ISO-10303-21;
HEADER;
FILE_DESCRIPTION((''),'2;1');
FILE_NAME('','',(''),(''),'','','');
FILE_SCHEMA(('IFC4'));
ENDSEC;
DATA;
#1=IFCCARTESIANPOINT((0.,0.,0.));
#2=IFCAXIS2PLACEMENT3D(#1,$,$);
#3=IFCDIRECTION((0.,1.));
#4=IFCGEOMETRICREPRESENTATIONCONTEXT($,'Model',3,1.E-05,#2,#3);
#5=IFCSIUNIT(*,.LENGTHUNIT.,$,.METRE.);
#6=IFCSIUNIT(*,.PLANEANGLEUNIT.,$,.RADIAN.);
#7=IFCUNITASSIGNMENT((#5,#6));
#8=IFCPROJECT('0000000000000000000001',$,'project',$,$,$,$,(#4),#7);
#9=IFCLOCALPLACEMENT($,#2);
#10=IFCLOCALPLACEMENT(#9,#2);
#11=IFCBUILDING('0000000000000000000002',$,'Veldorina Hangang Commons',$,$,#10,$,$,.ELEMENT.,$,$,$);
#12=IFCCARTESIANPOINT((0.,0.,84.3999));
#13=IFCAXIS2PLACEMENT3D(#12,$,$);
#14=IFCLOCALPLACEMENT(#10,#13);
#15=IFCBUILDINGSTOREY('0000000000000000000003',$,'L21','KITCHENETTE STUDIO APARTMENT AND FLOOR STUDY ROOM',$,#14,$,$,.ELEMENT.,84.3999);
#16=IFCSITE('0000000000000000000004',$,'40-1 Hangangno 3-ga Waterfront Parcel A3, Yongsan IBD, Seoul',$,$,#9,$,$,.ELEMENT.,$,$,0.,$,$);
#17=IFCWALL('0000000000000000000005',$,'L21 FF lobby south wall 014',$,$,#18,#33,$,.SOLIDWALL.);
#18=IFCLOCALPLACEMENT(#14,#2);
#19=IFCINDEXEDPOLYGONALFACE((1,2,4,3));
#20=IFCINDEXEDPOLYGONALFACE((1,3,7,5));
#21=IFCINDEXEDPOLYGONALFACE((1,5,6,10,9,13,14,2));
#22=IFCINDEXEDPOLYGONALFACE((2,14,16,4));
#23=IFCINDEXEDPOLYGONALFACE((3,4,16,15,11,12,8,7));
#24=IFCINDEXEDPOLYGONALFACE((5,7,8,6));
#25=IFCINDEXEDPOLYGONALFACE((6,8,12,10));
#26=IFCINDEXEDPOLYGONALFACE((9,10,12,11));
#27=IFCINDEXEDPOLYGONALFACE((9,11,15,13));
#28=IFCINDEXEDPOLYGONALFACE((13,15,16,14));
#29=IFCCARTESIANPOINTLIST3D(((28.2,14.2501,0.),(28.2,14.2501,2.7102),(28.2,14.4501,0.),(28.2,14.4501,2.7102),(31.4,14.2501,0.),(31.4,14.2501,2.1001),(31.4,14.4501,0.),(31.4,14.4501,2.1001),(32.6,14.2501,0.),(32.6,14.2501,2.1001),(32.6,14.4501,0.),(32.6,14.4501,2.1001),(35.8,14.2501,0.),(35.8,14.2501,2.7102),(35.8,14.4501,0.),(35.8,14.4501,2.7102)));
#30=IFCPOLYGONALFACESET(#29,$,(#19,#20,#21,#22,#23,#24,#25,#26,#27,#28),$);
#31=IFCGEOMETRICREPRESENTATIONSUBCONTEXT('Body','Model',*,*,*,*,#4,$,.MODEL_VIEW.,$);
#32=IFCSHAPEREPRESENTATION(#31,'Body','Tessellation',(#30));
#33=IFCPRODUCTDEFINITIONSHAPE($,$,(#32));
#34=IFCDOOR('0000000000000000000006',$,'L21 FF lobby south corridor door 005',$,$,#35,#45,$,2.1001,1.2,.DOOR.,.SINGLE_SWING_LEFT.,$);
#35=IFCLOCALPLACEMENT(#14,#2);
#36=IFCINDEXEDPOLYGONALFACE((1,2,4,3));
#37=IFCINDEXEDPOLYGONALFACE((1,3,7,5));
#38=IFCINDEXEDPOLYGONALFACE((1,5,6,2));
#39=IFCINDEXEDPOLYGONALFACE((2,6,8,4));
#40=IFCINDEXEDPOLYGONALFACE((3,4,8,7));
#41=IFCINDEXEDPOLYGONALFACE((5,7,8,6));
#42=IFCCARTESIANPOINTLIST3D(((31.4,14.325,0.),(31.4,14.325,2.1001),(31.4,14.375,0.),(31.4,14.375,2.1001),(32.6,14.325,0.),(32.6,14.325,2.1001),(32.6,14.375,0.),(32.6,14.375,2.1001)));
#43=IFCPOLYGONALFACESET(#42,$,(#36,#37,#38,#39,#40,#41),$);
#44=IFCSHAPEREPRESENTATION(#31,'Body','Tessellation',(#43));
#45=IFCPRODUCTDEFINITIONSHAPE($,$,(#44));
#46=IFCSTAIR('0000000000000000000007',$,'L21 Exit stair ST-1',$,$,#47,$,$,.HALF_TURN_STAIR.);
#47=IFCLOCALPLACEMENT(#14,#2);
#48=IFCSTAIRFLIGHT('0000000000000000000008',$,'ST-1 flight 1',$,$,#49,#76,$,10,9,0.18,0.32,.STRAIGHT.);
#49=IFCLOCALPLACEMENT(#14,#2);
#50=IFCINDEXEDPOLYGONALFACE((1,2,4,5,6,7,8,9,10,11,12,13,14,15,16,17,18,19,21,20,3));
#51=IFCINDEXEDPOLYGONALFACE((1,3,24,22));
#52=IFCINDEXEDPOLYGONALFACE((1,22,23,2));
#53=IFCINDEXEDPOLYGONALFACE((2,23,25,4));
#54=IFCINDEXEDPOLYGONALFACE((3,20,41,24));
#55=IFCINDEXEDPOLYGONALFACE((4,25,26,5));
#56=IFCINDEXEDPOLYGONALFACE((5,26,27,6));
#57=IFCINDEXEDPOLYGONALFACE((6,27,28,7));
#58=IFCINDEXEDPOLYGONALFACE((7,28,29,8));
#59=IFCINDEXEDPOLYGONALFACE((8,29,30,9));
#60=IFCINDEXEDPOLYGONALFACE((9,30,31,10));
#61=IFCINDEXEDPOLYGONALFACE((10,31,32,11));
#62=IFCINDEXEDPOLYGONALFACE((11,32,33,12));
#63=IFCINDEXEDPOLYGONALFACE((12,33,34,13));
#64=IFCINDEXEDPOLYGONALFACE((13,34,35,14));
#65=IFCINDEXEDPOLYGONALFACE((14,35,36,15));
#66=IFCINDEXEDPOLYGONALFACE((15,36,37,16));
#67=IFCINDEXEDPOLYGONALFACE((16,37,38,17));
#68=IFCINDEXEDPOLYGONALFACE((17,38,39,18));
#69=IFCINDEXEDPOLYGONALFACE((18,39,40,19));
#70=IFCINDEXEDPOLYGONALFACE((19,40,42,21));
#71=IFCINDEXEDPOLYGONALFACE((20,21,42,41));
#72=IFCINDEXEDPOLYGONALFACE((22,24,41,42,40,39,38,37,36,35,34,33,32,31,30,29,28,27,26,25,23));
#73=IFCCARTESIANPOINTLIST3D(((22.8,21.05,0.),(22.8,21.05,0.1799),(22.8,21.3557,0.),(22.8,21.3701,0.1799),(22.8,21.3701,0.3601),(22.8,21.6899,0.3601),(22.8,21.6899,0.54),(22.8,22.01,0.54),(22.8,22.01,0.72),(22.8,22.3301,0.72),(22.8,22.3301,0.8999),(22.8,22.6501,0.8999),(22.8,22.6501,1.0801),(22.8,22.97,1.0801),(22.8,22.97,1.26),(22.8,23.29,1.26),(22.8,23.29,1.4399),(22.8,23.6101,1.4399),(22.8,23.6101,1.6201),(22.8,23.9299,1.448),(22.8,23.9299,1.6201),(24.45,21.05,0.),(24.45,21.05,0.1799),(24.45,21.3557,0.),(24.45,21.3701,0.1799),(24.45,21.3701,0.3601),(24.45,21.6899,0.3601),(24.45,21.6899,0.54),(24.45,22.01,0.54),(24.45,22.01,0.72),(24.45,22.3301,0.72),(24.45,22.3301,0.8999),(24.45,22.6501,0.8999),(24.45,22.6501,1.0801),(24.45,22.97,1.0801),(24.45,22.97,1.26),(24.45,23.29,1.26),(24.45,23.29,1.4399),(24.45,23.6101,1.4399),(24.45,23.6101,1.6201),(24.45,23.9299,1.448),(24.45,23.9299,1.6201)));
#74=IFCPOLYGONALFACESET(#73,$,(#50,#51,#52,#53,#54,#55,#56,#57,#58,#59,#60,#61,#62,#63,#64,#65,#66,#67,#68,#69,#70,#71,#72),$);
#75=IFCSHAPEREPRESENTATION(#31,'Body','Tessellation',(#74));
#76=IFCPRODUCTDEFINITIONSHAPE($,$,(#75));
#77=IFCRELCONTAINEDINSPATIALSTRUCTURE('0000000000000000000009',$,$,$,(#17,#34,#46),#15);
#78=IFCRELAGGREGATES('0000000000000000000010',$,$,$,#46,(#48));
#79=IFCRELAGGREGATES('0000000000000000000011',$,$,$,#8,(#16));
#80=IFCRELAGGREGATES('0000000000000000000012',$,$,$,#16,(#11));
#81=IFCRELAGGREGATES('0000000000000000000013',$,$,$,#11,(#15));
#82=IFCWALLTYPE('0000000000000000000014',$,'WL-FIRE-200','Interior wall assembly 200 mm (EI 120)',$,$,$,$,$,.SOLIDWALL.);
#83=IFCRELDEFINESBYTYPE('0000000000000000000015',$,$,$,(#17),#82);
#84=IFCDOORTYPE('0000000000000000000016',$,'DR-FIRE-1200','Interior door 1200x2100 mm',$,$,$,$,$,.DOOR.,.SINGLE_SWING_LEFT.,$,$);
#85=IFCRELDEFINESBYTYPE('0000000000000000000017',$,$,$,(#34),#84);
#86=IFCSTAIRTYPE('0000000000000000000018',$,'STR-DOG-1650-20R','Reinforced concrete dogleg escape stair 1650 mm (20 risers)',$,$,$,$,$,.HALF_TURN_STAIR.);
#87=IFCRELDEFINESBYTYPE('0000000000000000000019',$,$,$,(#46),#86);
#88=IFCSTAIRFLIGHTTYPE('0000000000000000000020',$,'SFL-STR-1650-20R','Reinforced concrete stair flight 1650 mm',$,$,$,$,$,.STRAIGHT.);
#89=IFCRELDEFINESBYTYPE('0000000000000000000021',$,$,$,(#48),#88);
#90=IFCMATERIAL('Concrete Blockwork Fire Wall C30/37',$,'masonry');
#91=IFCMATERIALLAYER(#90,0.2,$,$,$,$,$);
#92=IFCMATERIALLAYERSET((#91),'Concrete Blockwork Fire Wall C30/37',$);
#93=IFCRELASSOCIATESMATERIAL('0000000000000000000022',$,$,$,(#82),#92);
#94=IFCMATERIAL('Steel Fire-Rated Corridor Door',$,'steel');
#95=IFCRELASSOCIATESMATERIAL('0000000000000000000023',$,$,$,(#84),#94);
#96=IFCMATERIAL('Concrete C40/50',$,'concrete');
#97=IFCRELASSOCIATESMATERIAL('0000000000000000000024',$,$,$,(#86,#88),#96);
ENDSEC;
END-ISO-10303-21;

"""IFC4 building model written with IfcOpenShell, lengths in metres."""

from ifc_helpers import new_model, si_unit, direction, frame, frame_2d, origin, place, context, subcontext, project, spatial, polyline, rectangle, outline, extrude, material, layer, layer_set, type_object, element, fill, aggregate, save


model = new_model("IFC4")

# Units and contexts
model_context = context("Model", 3, precision=1e-05, world=origin(), true_north=direction((0.0, 1.0)))
body_context = subcontext(model_context, "Body", "Model", "MODEL_VIEW")
ifc_project = project(units=[si_unit("LENGTHUNIT", "METRE"), si_unit("PLANEANGLEUNIT", "RADIAN")], contexts=[model_context])

# Site, building, storey
site_placement = place(None, origin())
site = spatial("IfcSite", under=ifc_project, at=site_placement, Name="40-1 Hangangno 3-ga Waterfront Parcel A3, Yongsan IBD, Seoul", CompositionType="ELEMENT", RefElevation=0.0)
building_placement = place(site_placement, origin())
building = spatial("IfcBuilding", under=site, at=building_placement, Name="Veldorina Hangang Commons", CompositionType="ELEMENT")
storey_placement = place(building_placement, frame((0.0, 0.0, 84.3999)))
storey = spatial("IfcBuildingStorey", under=building, at=storey_placement, Name="L21", Description="KITCHENETTE STUDIO APARTMENT AND FLOOR STUDY ROOM", CompositionType="ELEMENT", Elevation=84.3999)

# Shared definitions
ifc_material_1 = material(Name="Concrete Blockwork Fire Wall C30/37", Category="masonry")
ifc_layer_1 = layer(ifc_material_1, 0.2)
ifc_layer_set_1 = layer_set([ifc_layer_1], Name="Concrete Blockwork Fire Wall C30/37")
wall_type_1 = type_object("IfcWallType", Name="WL-FIRE-200", Description="Interior wall assembly 200 mm (EI 120)", PredefinedType="SOLIDWALL", material=ifc_layer_set_1)

# Wall, opening, door
wall_1_placement = place(storey_placement, frame((28.2, 14.3501, 0.0), z_axis=(0.0, 0.0, 1.0), x_axis=(1.0, 0.0, 0.0)))
wall_1 = element("IfcWall", 1, at=wall_1_placement, inside=storey, type_object=wall_type_1, Name="L21 FF lobby south wall 014", PredefinedType="SOLIDWALL", context=body_context, shape_type="SweptSolid", body=[
    extrude(rectangle(XDim=7.6001, YDim=0.2, at=frame_2d((3.8, 0.0))), origin(), (0.0, 0.0, 1.0), 2.7102),
])
opening_1_placement = place(wall_1_placement, frame((3.2, 0.0, 0.0)))
opening_1 = element("IfcOpeningElement", 2, at=opening_1_placement, cuts=wall_1, PredefinedType="OPENING", context=body_context, shape_type="SweptSolid", body=[
    extrude(rectangle(XDim=1.2, YDim=2.1001, at=frame_2d((0.6001, 1.05))), frame((0.0, 0.1099, 0.0), z_axis=(0.0, -1.0, 0.0), x_axis=(1.0, 0.0, 0.0)), (0.0, 0.0, 1.0), 0.22),
])
ifc_material_2 = material(Name="Steel Fire-Rated Corridor Door", Category="steel")
door_type_1 = type_object("IfcDoorType", Name="DR-FIRE-1200", Description="Interior door 1200x2100 mm", OperationType="SINGLE_SWING_LEFT", PredefinedType="DOOR", material=ifc_material_2)
door_1_placement = place(opening_1_placement, origin())
door_1 = element("IfcDoor", 3, at=door_1_placement, inside=storey, type_object=door_type_1, Name="L21 FF lobby south corridor door 005", OperationType="SINGLE_SWING_LEFT", OverallHeight=2.1001, OverallWidth=1.2, PredefinedType="DOOR", context=body_context, shape_type="SweptSolid", body=[
    extrude(rectangle(XDim=1.2, YDim=2.1001, at=frame_2d((0.6001, 1.05))), frame((0.0, 0.0249, 0.0), z_axis=(0.0, -1.0, 0.0), x_axis=(1.0, 0.0, 0.0)), (0.0, 0.0, 1.0), 0.05),
])
fill(opening_1, door_1)

# Stair, stair flight
ifc_material_3 = material(Name="Concrete C40/50", Category="concrete")
stair_type = type_object("IfcStairType", Name="STR-DOG-1650-20R", Description="Reinforced concrete dogleg escape stair 1650 mm (20 risers)", PredefinedType="HALF_TURN_STAIR", material=ifc_material_3)
stair_placement = place(storey_placement, origin())
stair = element("IfcStair", 4, at=stair_placement, inside=storey, type_object=stair_type, Name="L21 Exit stair ST-1", PredefinedType="HALF_TURN_STAIR")
stair_flight_type = type_object("IfcStairFlightType", Name="SFL-STR-1650-20R", Description="Reinforced concrete stair flight 1650 mm", PredefinedType="STRAIGHT", material=ifc_material_3)
stair_flight_placement = place(storey_placement, frame((23.625, 21.05, 0.0), z_axis=(0.0, 0.0, 1.0), x_axis=(0.0, 1.0, 0.0)))
stair_flight = element("IfcStairFlight", 5, at=stair_flight_placement, type_object=stair_flight_type, Name="ST-1 flight 1", NumberOfRisers=10, NumberOfTreads=9, PredefinedType="STRAIGHT", RiserHeight=0.18, TreadLength=0.32, context=body_context, shape_type="SweptSolid", body=[
    extrude(outline(polyline([(0.0, 0.0), (0.0, 0.1799), (0.3201, 0.1799), (0.3201, 0.3601), (0.6399, 0.3601), (0.6399, 0.54), (0.96, 0.54), (0.96, 0.72), (1.28, 0.72), (1.28, 0.8999), (1.6001, 0.8999), (1.6001, 1.0801), (1.9199, 1.0801), (1.9199, 1.26), (2.24, 1.26), (2.24, 1.4399), (2.5601, 1.4399), (2.5601, 1.6201), (2.8799, 1.6201), (2.8799, 1.8), (2.8799, 1.448), (0.3057, 0.0), (0.0, 0.0)])), frame((0.0, 0.825, 0.0), z_axis=(0.0, -1.0, 0.0), x_axis=(1.0, 0.0, 0.0)), (0.0, 0.0, 1.0), 1.6499),
])
aggregate(stair, [stair_flight])

save(model, "model.ifc")
